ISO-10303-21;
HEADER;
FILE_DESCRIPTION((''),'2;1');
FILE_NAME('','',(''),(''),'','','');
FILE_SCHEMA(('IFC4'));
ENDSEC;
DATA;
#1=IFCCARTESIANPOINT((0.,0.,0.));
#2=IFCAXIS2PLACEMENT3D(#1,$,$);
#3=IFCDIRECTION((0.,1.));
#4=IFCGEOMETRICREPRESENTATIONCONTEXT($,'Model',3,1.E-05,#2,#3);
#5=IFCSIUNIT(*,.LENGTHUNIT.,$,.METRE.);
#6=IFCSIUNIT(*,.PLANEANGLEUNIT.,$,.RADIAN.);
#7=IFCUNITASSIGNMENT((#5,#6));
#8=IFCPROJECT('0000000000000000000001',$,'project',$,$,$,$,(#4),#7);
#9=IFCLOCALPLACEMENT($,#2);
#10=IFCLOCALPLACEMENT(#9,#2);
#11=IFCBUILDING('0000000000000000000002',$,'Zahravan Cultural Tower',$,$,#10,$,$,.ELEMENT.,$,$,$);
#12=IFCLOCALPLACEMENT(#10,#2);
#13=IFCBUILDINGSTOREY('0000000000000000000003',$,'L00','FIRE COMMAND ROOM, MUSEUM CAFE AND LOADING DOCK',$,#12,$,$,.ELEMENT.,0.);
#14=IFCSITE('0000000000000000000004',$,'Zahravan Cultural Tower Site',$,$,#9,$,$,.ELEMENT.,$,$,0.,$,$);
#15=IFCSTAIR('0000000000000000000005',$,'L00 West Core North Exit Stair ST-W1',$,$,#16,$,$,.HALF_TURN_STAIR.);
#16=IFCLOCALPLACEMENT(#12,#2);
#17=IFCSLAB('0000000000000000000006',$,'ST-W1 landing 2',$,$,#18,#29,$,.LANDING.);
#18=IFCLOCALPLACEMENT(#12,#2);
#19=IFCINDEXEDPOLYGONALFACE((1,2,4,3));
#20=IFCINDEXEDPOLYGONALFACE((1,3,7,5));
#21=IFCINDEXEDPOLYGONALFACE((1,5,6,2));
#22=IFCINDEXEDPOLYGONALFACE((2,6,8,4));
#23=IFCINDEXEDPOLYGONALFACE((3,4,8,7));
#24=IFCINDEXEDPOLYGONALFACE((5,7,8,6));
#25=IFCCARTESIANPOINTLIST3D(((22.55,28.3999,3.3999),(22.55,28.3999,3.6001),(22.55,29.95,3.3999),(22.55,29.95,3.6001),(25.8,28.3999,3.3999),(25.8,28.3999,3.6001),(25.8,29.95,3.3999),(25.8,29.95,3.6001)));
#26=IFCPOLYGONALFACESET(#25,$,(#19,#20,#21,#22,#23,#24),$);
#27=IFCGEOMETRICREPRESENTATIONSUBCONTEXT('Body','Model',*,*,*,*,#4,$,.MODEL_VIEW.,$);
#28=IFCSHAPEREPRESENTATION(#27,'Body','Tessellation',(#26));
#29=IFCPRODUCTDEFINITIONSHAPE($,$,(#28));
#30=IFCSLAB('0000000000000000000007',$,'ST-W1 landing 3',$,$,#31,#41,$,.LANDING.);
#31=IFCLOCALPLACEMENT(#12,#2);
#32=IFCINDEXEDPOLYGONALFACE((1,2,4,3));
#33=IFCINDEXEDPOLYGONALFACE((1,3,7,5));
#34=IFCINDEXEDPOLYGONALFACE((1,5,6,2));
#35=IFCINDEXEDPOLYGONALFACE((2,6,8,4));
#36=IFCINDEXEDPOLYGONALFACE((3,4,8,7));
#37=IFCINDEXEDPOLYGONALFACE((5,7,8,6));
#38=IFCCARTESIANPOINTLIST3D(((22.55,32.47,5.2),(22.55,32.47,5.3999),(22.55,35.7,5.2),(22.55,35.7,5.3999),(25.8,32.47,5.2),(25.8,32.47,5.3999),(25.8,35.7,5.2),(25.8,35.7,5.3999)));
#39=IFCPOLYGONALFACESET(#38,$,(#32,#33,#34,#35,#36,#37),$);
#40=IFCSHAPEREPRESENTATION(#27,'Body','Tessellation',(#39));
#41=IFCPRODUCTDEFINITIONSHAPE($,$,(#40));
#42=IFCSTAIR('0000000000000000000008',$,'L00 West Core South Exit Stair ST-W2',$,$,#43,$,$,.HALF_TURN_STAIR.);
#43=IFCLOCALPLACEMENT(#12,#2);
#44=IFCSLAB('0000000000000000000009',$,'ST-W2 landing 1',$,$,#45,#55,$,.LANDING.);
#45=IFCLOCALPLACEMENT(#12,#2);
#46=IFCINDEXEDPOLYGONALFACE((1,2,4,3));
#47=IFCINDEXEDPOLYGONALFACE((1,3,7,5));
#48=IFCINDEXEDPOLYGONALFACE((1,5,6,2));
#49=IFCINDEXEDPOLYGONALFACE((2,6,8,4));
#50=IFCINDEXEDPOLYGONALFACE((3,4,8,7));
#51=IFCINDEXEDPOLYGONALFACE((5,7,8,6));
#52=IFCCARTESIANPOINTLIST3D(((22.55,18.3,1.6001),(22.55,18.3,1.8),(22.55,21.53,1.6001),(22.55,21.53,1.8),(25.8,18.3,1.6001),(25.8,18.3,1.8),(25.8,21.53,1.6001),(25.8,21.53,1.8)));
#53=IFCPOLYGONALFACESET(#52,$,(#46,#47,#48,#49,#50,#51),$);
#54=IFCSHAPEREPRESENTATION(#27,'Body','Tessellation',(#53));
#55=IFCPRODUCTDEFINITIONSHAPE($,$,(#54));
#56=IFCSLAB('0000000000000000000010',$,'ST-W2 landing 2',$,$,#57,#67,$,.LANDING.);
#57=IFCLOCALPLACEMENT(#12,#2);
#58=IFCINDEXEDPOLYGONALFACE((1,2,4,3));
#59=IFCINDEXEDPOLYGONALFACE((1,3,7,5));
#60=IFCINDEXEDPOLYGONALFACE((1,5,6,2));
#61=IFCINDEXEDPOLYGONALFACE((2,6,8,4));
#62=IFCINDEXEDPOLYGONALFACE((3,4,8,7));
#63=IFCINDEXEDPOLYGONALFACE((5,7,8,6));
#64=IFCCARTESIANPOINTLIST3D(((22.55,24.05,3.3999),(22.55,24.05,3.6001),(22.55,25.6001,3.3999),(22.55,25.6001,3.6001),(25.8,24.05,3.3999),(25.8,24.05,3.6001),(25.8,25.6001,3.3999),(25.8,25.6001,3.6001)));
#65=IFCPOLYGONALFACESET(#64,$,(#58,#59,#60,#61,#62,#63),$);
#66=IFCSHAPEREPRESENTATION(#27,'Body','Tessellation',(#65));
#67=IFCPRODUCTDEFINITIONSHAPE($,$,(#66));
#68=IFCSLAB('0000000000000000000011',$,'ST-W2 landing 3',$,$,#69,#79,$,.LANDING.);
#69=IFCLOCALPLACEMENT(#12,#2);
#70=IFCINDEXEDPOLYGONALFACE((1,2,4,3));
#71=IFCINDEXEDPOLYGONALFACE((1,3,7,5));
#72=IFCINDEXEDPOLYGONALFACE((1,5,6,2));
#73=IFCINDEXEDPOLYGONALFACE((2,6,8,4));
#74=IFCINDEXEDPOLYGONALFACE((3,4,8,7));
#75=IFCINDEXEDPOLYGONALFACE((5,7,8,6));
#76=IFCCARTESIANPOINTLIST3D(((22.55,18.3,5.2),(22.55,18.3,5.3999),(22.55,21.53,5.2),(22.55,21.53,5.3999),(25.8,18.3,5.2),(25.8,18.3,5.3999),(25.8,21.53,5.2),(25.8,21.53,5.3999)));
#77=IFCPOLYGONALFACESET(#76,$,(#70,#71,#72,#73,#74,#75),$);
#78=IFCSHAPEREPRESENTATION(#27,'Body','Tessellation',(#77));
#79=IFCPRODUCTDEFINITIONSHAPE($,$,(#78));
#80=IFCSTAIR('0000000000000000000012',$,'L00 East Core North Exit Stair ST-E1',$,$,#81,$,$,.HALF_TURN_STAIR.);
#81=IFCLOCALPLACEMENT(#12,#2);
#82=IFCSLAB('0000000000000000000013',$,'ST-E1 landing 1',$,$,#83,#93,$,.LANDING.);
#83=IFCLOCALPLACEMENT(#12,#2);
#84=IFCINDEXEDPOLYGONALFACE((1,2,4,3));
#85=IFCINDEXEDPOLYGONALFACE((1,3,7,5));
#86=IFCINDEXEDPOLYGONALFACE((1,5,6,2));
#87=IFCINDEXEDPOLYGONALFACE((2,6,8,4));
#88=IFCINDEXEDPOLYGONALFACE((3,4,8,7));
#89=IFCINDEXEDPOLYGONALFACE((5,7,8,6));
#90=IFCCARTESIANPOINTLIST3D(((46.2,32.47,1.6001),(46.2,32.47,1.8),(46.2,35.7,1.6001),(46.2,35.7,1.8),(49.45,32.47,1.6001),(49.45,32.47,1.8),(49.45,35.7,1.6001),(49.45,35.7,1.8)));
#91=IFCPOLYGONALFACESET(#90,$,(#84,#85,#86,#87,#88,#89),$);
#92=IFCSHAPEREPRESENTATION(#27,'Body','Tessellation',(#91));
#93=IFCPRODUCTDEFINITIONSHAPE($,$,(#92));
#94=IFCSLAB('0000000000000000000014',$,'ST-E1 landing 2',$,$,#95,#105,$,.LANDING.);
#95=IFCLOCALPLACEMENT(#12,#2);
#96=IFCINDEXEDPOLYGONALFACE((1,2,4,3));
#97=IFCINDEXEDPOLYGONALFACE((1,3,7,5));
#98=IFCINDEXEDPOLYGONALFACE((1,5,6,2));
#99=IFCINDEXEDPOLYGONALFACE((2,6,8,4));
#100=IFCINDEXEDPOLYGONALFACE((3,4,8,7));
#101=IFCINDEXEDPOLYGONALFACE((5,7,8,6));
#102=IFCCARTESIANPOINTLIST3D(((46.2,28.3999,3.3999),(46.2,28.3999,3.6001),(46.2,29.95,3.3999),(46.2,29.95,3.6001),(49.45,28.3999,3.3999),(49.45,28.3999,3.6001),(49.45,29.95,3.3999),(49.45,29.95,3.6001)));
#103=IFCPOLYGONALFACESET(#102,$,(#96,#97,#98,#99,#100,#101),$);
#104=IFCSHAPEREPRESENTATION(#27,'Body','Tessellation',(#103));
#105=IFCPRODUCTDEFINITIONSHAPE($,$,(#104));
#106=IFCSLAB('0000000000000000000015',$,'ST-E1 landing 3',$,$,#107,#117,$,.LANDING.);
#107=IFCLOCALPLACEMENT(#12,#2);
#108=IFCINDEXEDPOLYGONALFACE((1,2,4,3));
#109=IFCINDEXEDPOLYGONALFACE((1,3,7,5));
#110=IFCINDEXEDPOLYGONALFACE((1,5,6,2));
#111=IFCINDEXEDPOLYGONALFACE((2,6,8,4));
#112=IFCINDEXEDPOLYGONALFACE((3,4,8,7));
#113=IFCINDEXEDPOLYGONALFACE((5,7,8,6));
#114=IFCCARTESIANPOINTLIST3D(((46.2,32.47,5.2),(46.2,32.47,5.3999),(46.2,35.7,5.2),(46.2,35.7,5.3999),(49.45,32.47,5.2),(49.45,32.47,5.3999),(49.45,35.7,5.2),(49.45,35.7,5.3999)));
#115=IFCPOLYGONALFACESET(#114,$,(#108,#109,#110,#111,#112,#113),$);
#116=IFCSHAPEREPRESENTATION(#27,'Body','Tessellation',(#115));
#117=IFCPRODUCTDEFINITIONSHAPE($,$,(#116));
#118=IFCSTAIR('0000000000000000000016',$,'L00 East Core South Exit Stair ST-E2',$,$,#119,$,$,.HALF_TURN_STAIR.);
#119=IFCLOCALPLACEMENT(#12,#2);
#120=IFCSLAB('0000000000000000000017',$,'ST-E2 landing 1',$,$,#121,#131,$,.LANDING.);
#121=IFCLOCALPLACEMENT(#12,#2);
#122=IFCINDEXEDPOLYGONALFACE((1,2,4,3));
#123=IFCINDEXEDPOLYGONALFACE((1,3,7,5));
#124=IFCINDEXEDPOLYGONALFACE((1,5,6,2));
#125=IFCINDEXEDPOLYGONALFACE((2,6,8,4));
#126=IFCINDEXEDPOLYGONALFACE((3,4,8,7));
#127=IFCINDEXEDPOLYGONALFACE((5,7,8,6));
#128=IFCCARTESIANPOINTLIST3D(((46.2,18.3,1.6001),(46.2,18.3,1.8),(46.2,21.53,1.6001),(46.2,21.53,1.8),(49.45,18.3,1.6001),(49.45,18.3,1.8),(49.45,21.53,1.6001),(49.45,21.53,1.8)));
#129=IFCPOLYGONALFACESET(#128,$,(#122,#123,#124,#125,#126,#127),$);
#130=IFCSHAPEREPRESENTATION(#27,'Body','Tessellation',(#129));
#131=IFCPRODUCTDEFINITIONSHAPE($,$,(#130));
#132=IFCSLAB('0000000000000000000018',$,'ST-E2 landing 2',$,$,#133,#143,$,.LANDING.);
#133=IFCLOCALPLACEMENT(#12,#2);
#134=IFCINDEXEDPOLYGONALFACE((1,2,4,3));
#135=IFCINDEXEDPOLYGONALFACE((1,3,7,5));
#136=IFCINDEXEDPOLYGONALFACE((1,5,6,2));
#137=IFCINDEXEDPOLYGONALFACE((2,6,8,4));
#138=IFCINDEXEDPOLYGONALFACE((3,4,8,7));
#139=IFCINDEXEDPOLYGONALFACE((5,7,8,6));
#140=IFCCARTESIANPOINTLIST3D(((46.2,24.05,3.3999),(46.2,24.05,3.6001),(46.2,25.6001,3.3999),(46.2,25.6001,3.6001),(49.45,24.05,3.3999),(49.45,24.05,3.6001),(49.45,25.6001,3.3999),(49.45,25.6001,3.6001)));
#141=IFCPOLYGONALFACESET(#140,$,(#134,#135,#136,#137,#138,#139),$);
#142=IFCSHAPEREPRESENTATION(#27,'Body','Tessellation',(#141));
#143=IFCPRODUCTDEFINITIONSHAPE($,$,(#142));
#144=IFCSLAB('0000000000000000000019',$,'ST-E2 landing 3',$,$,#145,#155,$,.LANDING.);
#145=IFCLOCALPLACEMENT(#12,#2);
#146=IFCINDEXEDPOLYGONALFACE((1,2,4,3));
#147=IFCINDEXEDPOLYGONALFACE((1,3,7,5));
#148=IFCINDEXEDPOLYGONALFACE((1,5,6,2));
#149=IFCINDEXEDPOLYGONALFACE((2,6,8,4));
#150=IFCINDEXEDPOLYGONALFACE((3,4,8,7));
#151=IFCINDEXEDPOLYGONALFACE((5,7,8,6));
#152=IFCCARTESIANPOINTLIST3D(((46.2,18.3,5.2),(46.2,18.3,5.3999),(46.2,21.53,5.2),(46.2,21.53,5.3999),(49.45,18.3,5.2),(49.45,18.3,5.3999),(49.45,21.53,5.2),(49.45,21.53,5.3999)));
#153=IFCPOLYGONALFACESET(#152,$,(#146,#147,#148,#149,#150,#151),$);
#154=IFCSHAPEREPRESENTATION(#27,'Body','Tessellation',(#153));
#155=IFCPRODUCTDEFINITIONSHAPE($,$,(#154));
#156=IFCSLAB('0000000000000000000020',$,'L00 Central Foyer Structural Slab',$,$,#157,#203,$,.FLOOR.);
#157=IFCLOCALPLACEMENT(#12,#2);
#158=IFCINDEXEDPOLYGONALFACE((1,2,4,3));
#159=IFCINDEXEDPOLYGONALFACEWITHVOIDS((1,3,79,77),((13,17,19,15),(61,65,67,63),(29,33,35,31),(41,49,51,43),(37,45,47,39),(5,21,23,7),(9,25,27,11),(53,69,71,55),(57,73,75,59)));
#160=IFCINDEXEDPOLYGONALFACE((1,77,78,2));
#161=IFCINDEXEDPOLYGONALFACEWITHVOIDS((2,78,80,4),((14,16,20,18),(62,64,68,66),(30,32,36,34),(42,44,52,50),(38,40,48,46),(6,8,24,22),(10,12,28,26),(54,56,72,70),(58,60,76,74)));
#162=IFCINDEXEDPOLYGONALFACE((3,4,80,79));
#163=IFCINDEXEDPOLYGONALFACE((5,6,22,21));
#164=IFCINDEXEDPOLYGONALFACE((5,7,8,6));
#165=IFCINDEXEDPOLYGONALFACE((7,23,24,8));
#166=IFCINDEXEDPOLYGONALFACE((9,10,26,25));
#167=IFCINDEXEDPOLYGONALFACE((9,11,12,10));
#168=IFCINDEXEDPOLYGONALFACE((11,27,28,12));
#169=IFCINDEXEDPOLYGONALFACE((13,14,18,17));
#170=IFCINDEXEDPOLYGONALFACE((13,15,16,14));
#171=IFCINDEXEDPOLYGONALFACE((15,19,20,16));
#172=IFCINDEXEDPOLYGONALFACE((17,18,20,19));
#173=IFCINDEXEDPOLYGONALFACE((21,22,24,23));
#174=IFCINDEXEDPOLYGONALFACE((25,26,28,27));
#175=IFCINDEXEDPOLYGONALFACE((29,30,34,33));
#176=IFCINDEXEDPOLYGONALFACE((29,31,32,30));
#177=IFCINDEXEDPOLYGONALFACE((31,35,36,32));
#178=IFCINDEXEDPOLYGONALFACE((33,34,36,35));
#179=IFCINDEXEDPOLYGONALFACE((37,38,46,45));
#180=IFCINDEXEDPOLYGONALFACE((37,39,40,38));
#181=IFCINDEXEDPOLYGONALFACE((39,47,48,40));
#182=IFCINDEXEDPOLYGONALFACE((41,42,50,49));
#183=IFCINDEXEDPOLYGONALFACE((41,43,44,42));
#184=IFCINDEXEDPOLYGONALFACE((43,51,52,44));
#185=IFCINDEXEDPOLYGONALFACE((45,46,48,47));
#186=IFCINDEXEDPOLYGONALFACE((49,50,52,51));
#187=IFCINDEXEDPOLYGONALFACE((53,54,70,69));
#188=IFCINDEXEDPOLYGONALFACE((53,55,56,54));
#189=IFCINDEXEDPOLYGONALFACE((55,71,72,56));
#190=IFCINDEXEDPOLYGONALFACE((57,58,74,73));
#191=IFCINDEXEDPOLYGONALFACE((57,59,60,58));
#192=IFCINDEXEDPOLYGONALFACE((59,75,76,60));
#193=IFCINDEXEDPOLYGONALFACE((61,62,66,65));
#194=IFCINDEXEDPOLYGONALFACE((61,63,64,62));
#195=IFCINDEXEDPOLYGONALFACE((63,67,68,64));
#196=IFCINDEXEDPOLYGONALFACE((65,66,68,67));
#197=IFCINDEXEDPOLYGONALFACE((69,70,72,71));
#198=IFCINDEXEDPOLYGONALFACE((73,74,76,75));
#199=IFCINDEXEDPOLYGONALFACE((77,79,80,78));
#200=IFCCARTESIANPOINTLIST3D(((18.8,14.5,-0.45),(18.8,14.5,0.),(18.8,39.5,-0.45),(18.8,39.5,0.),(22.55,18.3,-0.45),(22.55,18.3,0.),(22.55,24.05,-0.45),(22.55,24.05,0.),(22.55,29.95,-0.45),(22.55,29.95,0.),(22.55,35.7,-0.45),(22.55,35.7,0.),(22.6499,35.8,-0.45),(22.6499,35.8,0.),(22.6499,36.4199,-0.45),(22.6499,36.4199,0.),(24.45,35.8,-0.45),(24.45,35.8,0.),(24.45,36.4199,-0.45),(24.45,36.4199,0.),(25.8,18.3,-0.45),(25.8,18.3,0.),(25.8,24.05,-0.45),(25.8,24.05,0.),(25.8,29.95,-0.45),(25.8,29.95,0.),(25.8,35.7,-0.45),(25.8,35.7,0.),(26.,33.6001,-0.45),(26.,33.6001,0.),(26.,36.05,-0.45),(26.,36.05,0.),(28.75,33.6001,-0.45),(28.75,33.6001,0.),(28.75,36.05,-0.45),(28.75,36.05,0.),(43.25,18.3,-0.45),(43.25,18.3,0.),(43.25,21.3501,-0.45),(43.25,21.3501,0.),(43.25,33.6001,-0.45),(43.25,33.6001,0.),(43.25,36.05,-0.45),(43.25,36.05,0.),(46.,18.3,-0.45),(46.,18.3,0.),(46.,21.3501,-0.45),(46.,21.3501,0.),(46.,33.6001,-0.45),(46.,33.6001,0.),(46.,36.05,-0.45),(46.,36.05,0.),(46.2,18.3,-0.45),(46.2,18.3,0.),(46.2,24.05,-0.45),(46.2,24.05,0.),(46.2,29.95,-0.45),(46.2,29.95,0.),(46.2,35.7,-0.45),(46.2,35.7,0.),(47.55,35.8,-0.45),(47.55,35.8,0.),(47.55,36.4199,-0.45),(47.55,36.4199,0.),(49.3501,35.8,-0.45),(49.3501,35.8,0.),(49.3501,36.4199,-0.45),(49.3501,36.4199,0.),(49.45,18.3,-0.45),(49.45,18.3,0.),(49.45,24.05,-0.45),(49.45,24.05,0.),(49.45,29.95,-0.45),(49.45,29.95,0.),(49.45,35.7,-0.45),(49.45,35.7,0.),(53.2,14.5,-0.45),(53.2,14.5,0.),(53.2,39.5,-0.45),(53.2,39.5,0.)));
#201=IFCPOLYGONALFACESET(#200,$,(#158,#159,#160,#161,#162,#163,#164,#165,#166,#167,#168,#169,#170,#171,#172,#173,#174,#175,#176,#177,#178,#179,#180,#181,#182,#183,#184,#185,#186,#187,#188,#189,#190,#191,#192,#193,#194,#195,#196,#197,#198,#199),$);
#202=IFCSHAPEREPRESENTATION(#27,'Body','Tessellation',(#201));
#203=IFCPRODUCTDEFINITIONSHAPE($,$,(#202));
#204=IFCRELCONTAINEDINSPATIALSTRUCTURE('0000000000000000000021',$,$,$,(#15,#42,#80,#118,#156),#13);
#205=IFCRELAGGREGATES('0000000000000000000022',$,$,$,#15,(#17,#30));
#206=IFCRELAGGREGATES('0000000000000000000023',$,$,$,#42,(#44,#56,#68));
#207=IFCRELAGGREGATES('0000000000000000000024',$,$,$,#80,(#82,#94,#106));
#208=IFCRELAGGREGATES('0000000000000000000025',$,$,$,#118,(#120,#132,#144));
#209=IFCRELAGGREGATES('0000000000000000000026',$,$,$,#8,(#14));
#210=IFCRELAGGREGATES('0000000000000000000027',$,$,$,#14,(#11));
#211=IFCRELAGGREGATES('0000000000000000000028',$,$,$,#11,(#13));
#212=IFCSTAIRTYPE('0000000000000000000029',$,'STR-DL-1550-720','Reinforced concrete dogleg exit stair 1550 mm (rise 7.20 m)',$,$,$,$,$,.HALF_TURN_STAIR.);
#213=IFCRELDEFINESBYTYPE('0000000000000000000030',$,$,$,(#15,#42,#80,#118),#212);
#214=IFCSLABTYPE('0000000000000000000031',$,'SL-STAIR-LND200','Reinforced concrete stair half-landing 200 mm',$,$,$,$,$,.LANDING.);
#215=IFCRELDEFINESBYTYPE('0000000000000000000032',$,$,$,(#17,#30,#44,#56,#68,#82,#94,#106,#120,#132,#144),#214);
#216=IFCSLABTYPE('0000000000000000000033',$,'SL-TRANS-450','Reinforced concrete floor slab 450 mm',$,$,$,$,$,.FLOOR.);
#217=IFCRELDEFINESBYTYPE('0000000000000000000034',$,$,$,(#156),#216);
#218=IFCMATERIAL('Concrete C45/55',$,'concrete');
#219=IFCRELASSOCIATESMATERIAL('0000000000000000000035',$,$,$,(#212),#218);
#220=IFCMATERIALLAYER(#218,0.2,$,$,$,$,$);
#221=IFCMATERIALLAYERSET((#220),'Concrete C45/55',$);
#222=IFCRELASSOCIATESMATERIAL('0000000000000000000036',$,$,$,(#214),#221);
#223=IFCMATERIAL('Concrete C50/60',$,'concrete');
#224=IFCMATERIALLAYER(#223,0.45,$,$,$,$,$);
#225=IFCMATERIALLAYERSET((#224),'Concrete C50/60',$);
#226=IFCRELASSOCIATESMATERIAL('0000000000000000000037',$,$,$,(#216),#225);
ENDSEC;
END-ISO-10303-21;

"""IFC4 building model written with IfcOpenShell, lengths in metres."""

from ifc_helpers import new_model, si_unit, direction, frame, origin, place, context, subcontext, project, spatial, polyline, outline, extrude, material, layer, layer_set, type_object, element, aggregate, save


model = new_model("IFC4")

# Units and contexts
model_context = context("Model", 3, precision=1e-05, world=origin(), true_north=direction((0.0, 1.0)))
body_context = subcontext(model_context, "Body", "Model", "MODEL_VIEW")
ifc_project = project(units=[si_unit("LENGTHUNIT", "METRE"), si_unit("PLANEANGLEUNIT", "RADIAN")], contexts=[model_context])

# Site, building, storey
site_placement = place(None, origin())
site = spatial("IfcSite", under=ifc_project, at=site_placement, Name="Zahravan Cultural Tower Site", CompositionType="ELEMENT", RefElevation=0.0)
building_placement = place(site_placement, origin())
building = spatial("IfcBuilding", under=site, at=building_placement, Name="Zahravan Cultural Tower", CompositionType="ELEMENT")
storey_placement = place(building_placement, origin())
storey = spatial("IfcBuildingStorey", under=building, at=storey_placement, Name="L00", Description="FIRE COMMAND ROOM, MUSEUM CAFE AND LOADING DOCK", CompositionType="ELEMENT", Elevation=0.0)

# Shared definitions
ifc_material_1 = material(Name="Concrete C50/60", Category="concrete")

# Shared definitions
ifc_material_2 = material(Name="Concrete C45/55", Category="concrete")

# Stairs, slabs
stair_type = type_object("IfcStairType", Name="STR-DL-1550-720", Description="Reinforced concrete dogleg exit stair 1550 mm (rise 7.20 m)", PredefinedType="HALF_TURN_STAIR", material=ifc_material_2)
stair_1_placement = place(storey_placement, origin())
stair_1 = element("IfcStair", 1, at=stair_1_placement, inside=storey, type_object=stair_type, Name="L00 West Core North Exit Stair ST-W1", PredefinedType="HALF_TURN_STAIR")
ifc_layer_1 = layer(ifc_material_2, 0.2)
ifc_layer_set_1 = layer_set([ifc_layer_1], Name="Concrete C45/55")
slab_type_1 = type_object("IfcSlabType", Name="SL-STAIR-LND200", Description="Reinforced concrete stair half-landing 200 mm", PredefinedType="LANDING", material=ifc_layer_set_1)
slab_1_placement = place(storey_placement, frame((0.0, 0.0, 3.3999)))
slab_1 = element("IfcSlab", 2, at=slab_1_placement, type_object=slab_type_1, Name="ST-W1 landing 2", PredefinedType="LANDING", context=body_context, shape_type="SweptSolid", body=[
    extrude(outline(polyline([(25.8, 28.3999), (25.8, 29.95), (22.55, 29.95), (22.55, 28.3999), (25.8, 28.3999)])), origin(), (0.0, 0.0, 1.0), 0.2002),
])
slab_2_placement = place(storey_placement, frame((0.0, 0.0, 5.2)))
slab_2 = element("IfcSlab", 3, at=slab_2_placement, type_object=slab_type_1, Name="ST-W1 landing 3", PredefinedType="LANDING", context=body_context, shape_type="SweptSolid", body=[
    extrude(outline(polyline([(25.8, 32.47), (25.8, 35.7), (22.55, 35.7), (22.55, 32.47), (25.8, 32.47)])), origin(), (0.0, 0.0, 1.0), 0.2),
])
aggregate(stair_1, [slab_1, slab_2])
stair_2_placement = place(storey_placement, origin())
stair_2 = element("IfcStair", 4, at=stair_2_placement, inside=storey, type_object=stair_type, Name="L00 West Core South Exit Stair ST-W2", PredefinedType="HALF_TURN_STAIR")
slab_3_placement = place(storey_placement, frame((0.0, 0.0, 1.6001)))
slab_3 = element("IfcSlab", 5, at=slab_3_placement, type_object=slab_type_1, Name="ST-W2 landing 1", PredefinedType="LANDING", context=body_context, shape_type="SweptSolid", body=[
    extrude(outline(polyline([(22.55, 21.53), (22.55, 18.3), (25.8, 18.3), (25.8, 21.53), (22.55, 21.53)])), origin(), (0.0, 0.0, 1.0), 0.2),
])
slab_4_placement = place(storey_placement, frame((0.0, 0.0, 3.3999)))
slab_4 = element("IfcSlab", 6, at=slab_4_placement, type_object=slab_type_1, Name="ST-W2 landing 2", PredefinedType="LANDING", context=body_context, shape_type="SweptSolid", body=[
    extrude(outline(polyline([(22.55, 25.6001), (22.55, 24.05), (25.8, 24.05), (25.8, 25.6001), (22.55, 25.6001)])), origin(), (0.0, 0.0, 1.0), 0.2002),
])
slab_5_placement = place(storey_placement, frame((0.0, 0.0, 5.2)))
slab_5 = element("IfcSlab", 7, at=slab_5_placement, type_object=slab_type_1, Name="ST-W2 landing 3", PredefinedType="LANDING", context=body_context, shape_type="SweptSolid", body=[
    extrude(outline(polyline([(22.55, 21.53), (22.55, 18.3), (25.8, 18.3), (25.8, 21.53), (22.55, 21.53)])), origin(), (0.0, 0.0, 1.0), 0.2),
])
aggregate(stair_2, [slab_3, slab_4, slab_5])
stair_3_placement = place(storey_placement, origin())
stair_3 = element("IfcStair", 8, at=stair_3_placement, inside=storey, type_object=stair_type, Name="L00 East Core North Exit Stair ST-E1", PredefinedType="HALF_TURN_STAIR")
slab_6_placement = place(storey_placement, frame((0.0, 0.0, 1.6001)))
slab_6 = element("IfcSlab", 9, at=slab_6_placement, type_object=slab_type_1, Name="ST-E1 landing 1", PredefinedType="LANDING", context=body_context, shape_type="SweptSolid", body=[
    extrude(outline(polyline([(49.45, 32.47), (49.45, 35.7), (46.2, 35.7), (46.2, 32.47), (49.45, 32.47)])), origin(), (0.0, 0.0, 1.0), 0.2),
])
slab_7_placement = place(storey_placement, frame((0.0, 0.0, 3.3999)))
slab_7 = element("IfcSlab", 10, at=slab_7_placement, type_object=slab_type_1, Name="ST-E1 landing 2", PredefinedType="LANDING", context=body_context, shape_type="SweptSolid", body=[
    extrude(outline(polyline([(49.45, 28.3999), (49.45, 29.95), (46.2, 29.95), (46.2, 28.3999), (49.45, 28.3999)])), origin(), (0.0, 0.0, 1.0), 0.2002),
])
slab_8_placement = place(storey_placement, frame((0.0, 0.0, 5.2)))
slab_8 = element("IfcSlab", 11, at=slab_8_placement, type_object=slab_type_1, Name="ST-E1 landing 3", PredefinedType="LANDING", context=body_context, shape_type="SweptSolid", body=[
    extrude(outline(polyline([(49.45, 32.47), (49.45, 35.7), (46.2, 35.7), (46.2, 32.47), (49.45, 32.47)])), origin(), (0.0, 0.0, 1.0), 0.2),
])
aggregate(stair_3, [slab_6, slab_7, slab_8])
stair_4_placement = place(storey_placement, origin())
stair_4 = element("IfcStair", 12, at=stair_4_placement, inside=storey, type_object=stair_type, Name="L00 East Core South Exit Stair ST-E2", PredefinedType="HALF_TURN_STAIR")
slab_9_placement = place(storey_placement, frame((0.0, 0.0, 1.6001)))
slab_9 = element("IfcSlab", 13, at=slab_9_placement, type_object=slab_type_1, Name="ST-E2 landing 1", PredefinedType="LANDING", context=body_context, shape_type="SweptSolid", body=[
    extrude(outline(polyline([(46.2, 21.53), (46.2, 18.3), (49.45, 18.3), (49.45, 21.53), (46.2, 21.53)])), origin(), (0.0, 0.0, 1.0), 0.2),
])
slab_10_placement = place(storey_placement, frame((0.0, 0.0, 3.3999)))
slab_10 = element("IfcSlab", 14, at=slab_10_placement, type_object=slab_type_1, Name="ST-E2 landing 2", PredefinedType="LANDING", context=body_context, shape_type="SweptSolid", body=[
    extrude(outline(polyline([(46.2, 25.6001), (46.2, 24.05), (49.45, 24.05), (49.45, 25.6001), (46.2, 25.6001)])), origin(), (0.0, 0.0, 1.0), 0.2002),
])
slab_11_placement = place(storey_placement, frame((0.0, 0.0, 5.2)))
slab_11 = element("IfcSlab", 15, at=slab_11_placement, type_object=slab_type_1, Name="ST-E2 landing 3", PredefinedType="LANDING", context=body_context, shape_type="SweptSolid", body=[
    extrude(outline(polyline([(46.2, 21.53), (46.2, 18.3), (49.45, 18.3), (49.45, 21.53), (46.2, 21.53)])), origin(), (0.0, 0.0, 1.0), 0.2),
])
aggregate(stair_4, [slab_9, slab_10, slab_11])

# Slab
ifc_layer_2 = layer(ifc_material_1, 0.45)
ifc_layer_set_2 = layer_set([ifc_layer_2], Name="Concrete C50/60")
slab_type_2 = type_object("IfcSlabType", Name="SL-TRANS-450", Description="Reinforced concrete floor slab 450 mm", PredefinedType="FLOOR", material=ifc_layer_set_2)
slab_12_placement = place(storey_placement, frame((0.0, 0.0, -0.45)))
element("IfcSlab", 16, at=slab_12_placement, inside=storey, type_object=slab_type_2, Name="L00 Central Foyer Structural Slab", PredefinedType="FLOOR", context=body_context, shape_type="SweptSolid", body=[
    extrude(outline(polyline([(53.2, 14.5), (53.2, 39.5), (18.8, 39.5), (18.8, 14.5), (53.2, 14.5)]), holes=[polyline([(22.55, 29.95), (22.55, 35.7), (25.8, 35.7), (25.8, 29.95), (22.55, 29.95)]), polyline([(22.55, 18.3), (22.55, 24.05), (25.8, 24.05), (25.8, 18.3), (22.55, 18.3)]), polyline([(46.2, 29.95), (46.2, 35.7), (49.45, 35.7), (49.45, 29.95), (46.2, 29.95)]), polyline([(46.2, 18.3), (46.2, 24.05), (49.45, 24.05), (49.45, 18.3), (46.2, 18.3)]), polyline([(26.0, 33.6001), (26.0, 36.05), (28.75, 36.05), (28.75, 33.6001), (26.0, 33.6001)]), polyline([(43.25, 33.6001), (43.25, 36.05), (46.0, 36.05), (46.0, 33.6001), (43.25, 33.6001)]), polyline([(43.25, 18.3), (43.25, 21.3501), (46.0, 21.3501), (46.0, 18.3), (43.25, 18.3)]), polyline([(22.6499, 35.8), (22.6499, 36.4199), (24.45, 36.4199), (24.45, 35.8), (22.6499, 35.8)]), polyline([(47.55, 35.8), (47.55, 36.4199), (49.3501, 36.4199), (49.3501, 35.8), (47.55, 35.8)])]), origin(), (0.0, 0.0, 1.0), 0.45),
])

save(model, "model.ifc")
